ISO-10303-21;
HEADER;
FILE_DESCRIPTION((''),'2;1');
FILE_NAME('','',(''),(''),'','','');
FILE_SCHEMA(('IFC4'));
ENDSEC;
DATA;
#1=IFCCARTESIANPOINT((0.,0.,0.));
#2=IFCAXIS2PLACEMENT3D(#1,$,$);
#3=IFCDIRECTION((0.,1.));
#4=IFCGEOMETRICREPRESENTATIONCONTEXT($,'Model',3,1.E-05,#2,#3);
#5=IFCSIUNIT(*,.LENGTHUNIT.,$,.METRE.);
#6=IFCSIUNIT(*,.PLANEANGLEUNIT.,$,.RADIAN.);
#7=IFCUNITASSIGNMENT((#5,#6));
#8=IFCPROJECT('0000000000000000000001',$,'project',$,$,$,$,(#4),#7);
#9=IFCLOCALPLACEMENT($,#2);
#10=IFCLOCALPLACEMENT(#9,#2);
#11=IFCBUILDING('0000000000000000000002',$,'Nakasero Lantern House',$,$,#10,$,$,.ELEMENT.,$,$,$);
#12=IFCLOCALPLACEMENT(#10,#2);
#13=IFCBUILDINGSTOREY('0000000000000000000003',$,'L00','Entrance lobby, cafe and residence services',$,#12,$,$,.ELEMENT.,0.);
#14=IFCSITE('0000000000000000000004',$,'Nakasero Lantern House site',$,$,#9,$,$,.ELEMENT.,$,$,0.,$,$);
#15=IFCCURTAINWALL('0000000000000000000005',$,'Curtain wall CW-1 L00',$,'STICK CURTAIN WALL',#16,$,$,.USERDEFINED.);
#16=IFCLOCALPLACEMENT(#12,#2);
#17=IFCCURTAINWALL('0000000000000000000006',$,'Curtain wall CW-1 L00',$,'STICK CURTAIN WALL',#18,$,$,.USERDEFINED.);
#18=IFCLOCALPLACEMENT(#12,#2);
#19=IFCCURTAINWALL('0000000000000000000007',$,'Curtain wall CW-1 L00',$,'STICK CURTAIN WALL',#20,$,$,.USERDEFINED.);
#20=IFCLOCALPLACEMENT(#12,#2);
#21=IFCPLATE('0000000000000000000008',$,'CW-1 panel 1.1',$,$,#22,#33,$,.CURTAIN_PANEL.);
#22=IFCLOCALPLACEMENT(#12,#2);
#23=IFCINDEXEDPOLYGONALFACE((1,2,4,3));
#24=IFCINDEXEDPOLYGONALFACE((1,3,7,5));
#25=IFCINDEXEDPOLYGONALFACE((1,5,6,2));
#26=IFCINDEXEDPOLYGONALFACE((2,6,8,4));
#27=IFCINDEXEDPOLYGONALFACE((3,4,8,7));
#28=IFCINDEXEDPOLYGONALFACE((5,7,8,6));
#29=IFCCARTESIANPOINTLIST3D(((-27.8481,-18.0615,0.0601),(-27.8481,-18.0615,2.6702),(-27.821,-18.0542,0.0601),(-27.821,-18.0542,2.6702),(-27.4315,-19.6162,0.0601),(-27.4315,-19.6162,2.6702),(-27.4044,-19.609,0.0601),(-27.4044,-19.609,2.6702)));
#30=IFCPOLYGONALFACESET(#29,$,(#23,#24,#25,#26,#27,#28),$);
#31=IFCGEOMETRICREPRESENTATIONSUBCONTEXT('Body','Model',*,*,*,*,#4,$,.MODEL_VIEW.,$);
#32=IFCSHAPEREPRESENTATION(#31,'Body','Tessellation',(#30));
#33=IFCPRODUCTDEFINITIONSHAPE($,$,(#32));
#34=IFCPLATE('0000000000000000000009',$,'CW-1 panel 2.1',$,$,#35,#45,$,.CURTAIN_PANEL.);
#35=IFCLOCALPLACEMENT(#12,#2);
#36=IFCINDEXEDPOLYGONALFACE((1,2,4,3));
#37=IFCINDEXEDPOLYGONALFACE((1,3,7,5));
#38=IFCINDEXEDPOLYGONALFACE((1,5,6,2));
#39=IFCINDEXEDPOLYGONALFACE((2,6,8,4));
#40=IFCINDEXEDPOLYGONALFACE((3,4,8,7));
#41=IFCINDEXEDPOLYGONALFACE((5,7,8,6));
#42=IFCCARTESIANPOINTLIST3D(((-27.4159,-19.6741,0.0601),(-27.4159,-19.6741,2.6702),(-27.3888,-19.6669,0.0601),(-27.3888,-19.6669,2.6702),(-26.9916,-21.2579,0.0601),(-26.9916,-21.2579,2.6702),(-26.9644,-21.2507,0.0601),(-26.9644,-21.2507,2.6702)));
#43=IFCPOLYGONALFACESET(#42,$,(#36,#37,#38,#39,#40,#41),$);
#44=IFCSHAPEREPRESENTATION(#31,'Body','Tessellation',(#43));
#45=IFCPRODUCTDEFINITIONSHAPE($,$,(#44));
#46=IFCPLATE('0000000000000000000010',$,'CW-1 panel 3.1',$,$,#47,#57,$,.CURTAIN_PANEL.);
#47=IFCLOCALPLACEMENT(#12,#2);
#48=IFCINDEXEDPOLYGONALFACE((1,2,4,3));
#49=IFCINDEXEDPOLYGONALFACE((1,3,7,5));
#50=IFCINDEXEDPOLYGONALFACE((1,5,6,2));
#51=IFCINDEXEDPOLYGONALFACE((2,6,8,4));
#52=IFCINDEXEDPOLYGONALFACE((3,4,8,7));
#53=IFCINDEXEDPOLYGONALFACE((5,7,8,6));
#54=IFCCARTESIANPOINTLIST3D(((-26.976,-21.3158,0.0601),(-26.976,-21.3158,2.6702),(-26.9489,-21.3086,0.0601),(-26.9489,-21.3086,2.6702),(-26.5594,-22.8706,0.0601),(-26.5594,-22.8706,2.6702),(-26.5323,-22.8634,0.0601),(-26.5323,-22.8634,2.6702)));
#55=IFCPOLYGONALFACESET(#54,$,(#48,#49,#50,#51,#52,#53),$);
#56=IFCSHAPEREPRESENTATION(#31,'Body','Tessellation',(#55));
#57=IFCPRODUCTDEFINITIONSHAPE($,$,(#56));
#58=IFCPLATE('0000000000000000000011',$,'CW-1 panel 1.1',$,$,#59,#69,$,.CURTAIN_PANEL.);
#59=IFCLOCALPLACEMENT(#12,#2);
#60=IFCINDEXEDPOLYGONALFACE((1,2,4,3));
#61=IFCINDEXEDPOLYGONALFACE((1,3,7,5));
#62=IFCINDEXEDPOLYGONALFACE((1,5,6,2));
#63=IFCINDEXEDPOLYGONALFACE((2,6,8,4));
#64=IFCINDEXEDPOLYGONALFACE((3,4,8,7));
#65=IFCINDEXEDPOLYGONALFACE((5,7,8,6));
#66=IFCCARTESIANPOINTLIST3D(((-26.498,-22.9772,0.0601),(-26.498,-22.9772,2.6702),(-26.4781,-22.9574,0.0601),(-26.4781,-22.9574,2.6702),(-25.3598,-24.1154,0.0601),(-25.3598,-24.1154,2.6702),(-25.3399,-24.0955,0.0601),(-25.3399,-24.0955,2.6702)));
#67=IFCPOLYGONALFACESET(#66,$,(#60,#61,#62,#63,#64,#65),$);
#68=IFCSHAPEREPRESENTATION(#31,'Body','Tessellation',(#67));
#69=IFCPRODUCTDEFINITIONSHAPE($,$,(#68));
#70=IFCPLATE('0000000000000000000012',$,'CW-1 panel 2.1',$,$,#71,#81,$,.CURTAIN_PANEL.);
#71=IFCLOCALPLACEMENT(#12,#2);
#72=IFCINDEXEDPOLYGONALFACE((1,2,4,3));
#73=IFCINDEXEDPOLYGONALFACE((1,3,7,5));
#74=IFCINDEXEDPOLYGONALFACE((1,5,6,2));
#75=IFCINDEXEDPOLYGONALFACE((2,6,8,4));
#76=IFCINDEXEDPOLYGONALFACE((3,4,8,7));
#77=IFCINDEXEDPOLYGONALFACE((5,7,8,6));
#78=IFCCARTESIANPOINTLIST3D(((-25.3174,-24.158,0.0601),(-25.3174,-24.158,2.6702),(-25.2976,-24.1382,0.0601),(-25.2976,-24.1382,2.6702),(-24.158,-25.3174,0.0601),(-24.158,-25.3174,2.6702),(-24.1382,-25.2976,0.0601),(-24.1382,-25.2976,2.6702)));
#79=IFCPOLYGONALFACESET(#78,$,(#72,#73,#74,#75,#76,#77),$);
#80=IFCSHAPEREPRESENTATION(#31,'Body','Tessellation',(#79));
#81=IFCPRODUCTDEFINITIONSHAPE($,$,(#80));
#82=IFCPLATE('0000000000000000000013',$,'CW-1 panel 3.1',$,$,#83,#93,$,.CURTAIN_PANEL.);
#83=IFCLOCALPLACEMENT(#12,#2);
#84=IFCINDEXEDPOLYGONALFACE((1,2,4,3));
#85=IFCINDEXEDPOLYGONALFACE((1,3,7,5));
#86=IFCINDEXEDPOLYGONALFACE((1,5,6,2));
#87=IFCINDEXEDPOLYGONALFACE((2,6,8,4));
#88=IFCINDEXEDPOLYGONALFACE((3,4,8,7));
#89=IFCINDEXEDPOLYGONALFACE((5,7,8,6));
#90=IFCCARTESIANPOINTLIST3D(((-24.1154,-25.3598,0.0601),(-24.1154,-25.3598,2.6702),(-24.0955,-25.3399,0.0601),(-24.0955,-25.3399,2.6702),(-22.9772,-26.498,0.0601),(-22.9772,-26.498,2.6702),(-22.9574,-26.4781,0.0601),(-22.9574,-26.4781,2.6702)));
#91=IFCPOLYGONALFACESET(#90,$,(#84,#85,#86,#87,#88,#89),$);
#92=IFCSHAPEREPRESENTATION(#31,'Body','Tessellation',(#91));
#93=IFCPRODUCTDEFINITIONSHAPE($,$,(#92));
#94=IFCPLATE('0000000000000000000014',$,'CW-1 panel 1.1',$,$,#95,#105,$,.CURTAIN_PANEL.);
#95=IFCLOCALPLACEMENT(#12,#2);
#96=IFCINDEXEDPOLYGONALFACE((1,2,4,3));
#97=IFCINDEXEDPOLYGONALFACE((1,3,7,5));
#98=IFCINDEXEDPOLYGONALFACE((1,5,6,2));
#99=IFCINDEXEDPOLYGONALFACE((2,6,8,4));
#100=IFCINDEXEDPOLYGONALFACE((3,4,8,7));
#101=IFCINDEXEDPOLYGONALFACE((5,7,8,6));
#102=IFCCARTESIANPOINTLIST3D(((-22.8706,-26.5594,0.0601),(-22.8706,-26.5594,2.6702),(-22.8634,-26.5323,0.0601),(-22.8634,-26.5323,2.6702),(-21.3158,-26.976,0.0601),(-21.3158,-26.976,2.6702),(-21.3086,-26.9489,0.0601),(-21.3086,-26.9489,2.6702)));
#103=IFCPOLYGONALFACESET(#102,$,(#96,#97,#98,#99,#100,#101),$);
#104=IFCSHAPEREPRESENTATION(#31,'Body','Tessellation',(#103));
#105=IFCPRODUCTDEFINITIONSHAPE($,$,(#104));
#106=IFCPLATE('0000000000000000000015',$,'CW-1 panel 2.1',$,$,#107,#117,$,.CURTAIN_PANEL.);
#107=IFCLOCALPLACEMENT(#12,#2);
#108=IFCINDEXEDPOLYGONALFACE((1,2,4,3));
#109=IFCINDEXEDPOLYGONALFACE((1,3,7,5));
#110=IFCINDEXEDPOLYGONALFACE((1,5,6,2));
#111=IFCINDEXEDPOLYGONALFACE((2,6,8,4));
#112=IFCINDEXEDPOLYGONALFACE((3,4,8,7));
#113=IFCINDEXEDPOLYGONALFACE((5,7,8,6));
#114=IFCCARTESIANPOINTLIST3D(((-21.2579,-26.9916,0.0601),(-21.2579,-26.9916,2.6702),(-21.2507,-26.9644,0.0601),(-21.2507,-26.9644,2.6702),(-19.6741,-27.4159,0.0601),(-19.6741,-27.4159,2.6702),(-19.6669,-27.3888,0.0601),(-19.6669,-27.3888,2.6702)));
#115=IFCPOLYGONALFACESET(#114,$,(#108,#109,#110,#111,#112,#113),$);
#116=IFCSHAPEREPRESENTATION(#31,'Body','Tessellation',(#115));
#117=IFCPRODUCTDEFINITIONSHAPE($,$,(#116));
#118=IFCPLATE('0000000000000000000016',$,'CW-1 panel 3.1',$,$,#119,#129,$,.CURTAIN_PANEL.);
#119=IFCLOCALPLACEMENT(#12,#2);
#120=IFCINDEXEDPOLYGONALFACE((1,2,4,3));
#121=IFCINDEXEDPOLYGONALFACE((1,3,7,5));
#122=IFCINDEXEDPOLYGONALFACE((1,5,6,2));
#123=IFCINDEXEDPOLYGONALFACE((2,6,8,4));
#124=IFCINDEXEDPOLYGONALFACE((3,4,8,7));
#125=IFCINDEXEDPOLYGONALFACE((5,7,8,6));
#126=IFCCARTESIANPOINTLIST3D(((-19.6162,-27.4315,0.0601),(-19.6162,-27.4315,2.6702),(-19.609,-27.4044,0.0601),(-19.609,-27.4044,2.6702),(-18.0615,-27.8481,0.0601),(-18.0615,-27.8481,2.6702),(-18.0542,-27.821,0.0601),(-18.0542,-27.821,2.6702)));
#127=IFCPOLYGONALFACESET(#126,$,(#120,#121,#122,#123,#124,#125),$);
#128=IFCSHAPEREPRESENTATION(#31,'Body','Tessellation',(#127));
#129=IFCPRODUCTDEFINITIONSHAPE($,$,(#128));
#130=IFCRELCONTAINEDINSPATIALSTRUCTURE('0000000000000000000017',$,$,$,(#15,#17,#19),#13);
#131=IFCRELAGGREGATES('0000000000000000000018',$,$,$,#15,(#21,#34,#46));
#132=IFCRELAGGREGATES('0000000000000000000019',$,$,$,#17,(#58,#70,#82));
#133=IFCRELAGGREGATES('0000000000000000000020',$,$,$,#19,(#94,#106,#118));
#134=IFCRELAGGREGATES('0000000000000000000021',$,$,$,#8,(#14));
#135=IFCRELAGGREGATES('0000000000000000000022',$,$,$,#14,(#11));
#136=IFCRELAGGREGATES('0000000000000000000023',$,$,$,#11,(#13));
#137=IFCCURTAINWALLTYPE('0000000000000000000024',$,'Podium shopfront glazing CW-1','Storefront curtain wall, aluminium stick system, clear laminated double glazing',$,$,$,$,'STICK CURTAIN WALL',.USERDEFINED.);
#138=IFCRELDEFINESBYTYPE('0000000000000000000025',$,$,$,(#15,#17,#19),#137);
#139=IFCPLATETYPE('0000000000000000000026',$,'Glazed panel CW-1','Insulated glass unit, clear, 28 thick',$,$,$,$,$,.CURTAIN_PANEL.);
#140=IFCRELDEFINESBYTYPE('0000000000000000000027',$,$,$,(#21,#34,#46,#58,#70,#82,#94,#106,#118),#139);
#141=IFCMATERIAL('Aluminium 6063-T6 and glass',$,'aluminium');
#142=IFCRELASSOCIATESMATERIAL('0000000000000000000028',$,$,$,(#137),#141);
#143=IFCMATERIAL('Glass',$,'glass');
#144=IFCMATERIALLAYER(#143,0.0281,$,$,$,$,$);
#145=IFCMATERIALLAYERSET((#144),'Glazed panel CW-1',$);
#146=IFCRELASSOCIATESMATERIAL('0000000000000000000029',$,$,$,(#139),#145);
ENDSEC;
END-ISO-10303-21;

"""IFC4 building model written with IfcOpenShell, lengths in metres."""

from ifc_helpers import new_model, si_unit, direction, frame, origin, origin_2d, place, context, subcontext, project, spatial, rectangle, extrude, material, layer, layer_set, type_object, element, aggregate, save


model = new_model("IFC4")

# Units and contexts
model_context = context("Model", 3, precision=1e-05, world=origin(), true_north=direction((0.0, 1.0)))
body_context = subcontext(model_context, "Body", "Model", "MODEL_VIEW")
ifc_project = project(units=[si_unit("LENGTHUNIT", "METRE"), si_unit("PLANEANGLEUNIT", "RADIAN")], contexts=[model_context])

# Site, building, storey
site_placement = place(None, origin())
site = spatial("IfcSite", under=ifc_project, at=site_placement, Name="Nakasero Lantern House site", CompositionType="ELEMENT", RefElevation=0.0)
building_placement = place(site_placement, origin())
building = spatial("IfcBuilding", under=site, at=building_placement, Name="Nakasero Lantern House", CompositionType="ELEMENT")
storey_placement = place(building_placement, origin())
storey = spatial("IfcBuildingStorey", under=building, at=storey_placement, Name="L00", Description="Entrance lobby, cafe and residence services", CompositionType="ELEMENT", Elevation=0.0)

# Curtain walls
ifc_material_1 = material(Name="Aluminium 6063-T6 and glass", Category="aluminium")
curtain_wall_type = type_object("IfcCurtainWallType", Name="Podium shopfront glazing CW-1", Description="Storefront curtain wall, aluminium stick system, clear laminated double glazing", ElementType="STICK CURTAIN WALL", PredefinedType="USERDEFINED", material=ifc_material_1)
curtain_wall_1_placement = place(storey_placement, origin())
curtain_wall_1 = element("IfcCurtainWall", 1, at=curtain_wall_1_placement, inside=storey, type_object=curtain_wall_type, Name="Curtain wall CW-1 L00", ObjectType="STICK CURTAIN WALL", PredefinedType="USERDEFINED")
curtain_wall_2_placement = place(storey_placement, origin())
curtain_wall_2 = element("IfcCurtainWall", 2, at=curtain_wall_2_placement, inside=storey, type_object=curtain_wall_type, Name="Curtain wall CW-1 L00", ObjectType="STICK CURTAIN WALL", PredefinedType="USERDEFINED")
curtain_wall_3_placement = place(storey_placement, origin())
curtain_wall_3 = element("IfcCurtainWall", 3, at=curtain_wall_3_placement, inside=storey, type_object=curtain_wall_type, Name="Curtain wall CW-1 L00", ObjectType="STICK CURTAIN WALL", PredefinedType="USERDEFINED")

# Plates
ifc_material_2 = material(Name="Glass", Category="glass")
ifc_layer = layer(ifc_material_2, 0.0281)
ifc_layer_set = layer_set([ifc_layer], Name="Glazed panel CW-1")
plate_type = type_object("IfcPlateType", Name="Glazed panel CW-1", Description="Insulated glass unit, clear, 28 thick", PredefinedType="CURTAIN_PANEL", material=ifc_layer_set)
plate_1_placement = place(storey_placement, frame((-27.6262, -18.8352, 0.0601), z_axis=(0.0, 0.0, 1.0), x_axis=(0.258819, -0.965926, 0.0)))
plate_1 = element("IfcPlate", 4, at=plate_1_placement, type_object=plate_type, Name="CW-1 panel 1.1", PredefinedType="CURTAIN_PANEL", context=body_context, shape_type="SweptSolid", body=[
    extrude(rectangle(XDim=1.6096, YDim=0.0281, at=origin_2d()), origin(), (0.0, 0.0, 1.0), 2.6101),
])
plate_2_placement = place(storey_placement, frame((-27.1902, -20.4624, 0.0601), z_axis=(0.0, 0.0, 1.0), x_axis=(0.258819, -0.965926, 0.0)))
plate_2 = element("IfcPlate", 5, at=plate_2_placement, type_object=plate_type, Name="CW-1 panel 2.1", PredefinedType="CURTAIN_PANEL", context=body_context, shape_type="SweptSolid", body=[
    extrude(rectangle(XDim=1.6396, YDim=0.0281, at=origin_2d()), origin(), (0.0, 0.0, 1.0), 2.6101),
])
plate_3_placement = place(storey_placement, frame((-26.7542, -22.0896, 0.0601), z_axis=(0.0, 0.0, 1.0), x_axis=(0.258819, -0.965926, 0.0)))
plate_3 = element("IfcPlate", 6, at=plate_3_placement, type_object=plate_type, Name="CW-1 panel 3.1", PredefinedType="CURTAIN_PANEL", context=body_context, shape_type="SweptSolid", body=[
    extrude(rectangle(XDim=1.6096, YDim=0.0281, at=origin_2d()), origin(), (0.0, 0.0, 1.0), 2.6101),
])
aggregate(curtain_wall_1, [plate_1, plate_2, plate_3])
plate_4_placement = place(storey_placement, frame((-25.9189, -23.5364, 0.0601), z_axis=(0.0, 0.0, 1.0), x_axis=(0.707107, -0.707107, 0.0)))
plate_4 = element("IfcPlate", 7, at=plate_4_placement, type_object=plate_type, Name="CW-1 panel 1.1", PredefinedType="CURTAIN_PANEL", context=body_context, shape_type="SweptSolid", body=[
    extrude(rectangle(XDim=1.6096, YDim=0.0281, at=origin_2d()), origin(), (0.0, 0.0, 1.0), 2.6101),
])
plate_5_placement = place(storey_placement, frame((-24.7278, -24.7278, 0.0601), z_axis=(0.0, 0.0, 1.0), x_axis=(0.707107, -0.707107, 0.0)))
plate_5 = element("IfcPlate", 8, at=plate_5_placement, type_object=plate_type, Name="CW-1 panel 2.1", PredefinedType="CURTAIN_PANEL", context=body_context, shape_type="SweptSolid", body=[
    extrude(rectangle(XDim=1.6396, YDim=0.0281, at=origin_2d()), origin(), (0.0, 0.0, 1.0), 2.6101),
])
plate_6_placement = place(storey_placement, frame((-23.5364, -25.9189, 0.0601), z_axis=(0.0, 0.0, 1.0), x_axis=(0.707107, -0.707107, 0.0)))
plate_6 = element("IfcPlate", 9, at=plate_6_placement, type_object=plate_type, Name="CW-1 panel 3.1", PredefinedType="CURTAIN_PANEL", context=body_context, shape_type="SweptSolid", body=[
    extrude(rectangle(XDim=1.6096, YDim=0.0281, at=origin_2d()), origin(), (0.0, 0.0, 1.0), 2.6101),
])
aggregate(curtain_wall_2, [plate_4, plate_5, plate_6])
plate_7_placement = place(storey_placement, frame((-22.0896, -26.7542, 0.0601), z_axis=(0.0, 0.0, 1.0), x_axis=(0.965926, -0.258819, 0.0)))
plate_7 = element("IfcPlate", 10, at=plate_7_placement, type_object=plate_type, Name="CW-1 panel 1.1", PredefinedType="CURTAIN_PANEL", context=body_context, shape_type="SweptSolid", body=[
    extrude(rectangle(XDim=1.6096, YDim=0.0281, at=origin_2d()), origin(), (0.0, 0.0, 1.0), 2.6101),
])
plate_8_placement = place(storey_placement, frame((-20.4624, -27.1902, 0.0601), z_axis=(0.0, 0.0, 1.0), x_axis=(0.965926, -0.258819, 0.0)))
plate_8 = element("IfcPlate", 11, at=plate_8_placement, type_object=plate_type, Name="CW-1 panel 2.1", PredefinedType="CURTAIN_PANEL", context=body_context, shape_type="SweptSolid", body=[
    extrude(rectangle(XDim=1.6396, YDim=0.0281, at=origin_2d()), origin(), (0.0, 0.0, 1.0), 2.6101),
])
plate_9_placement = place(storey_placement, frame((-18.8352, -27.6262, 0.0601), z_axis=(0.0, 0.0, 1.0), x_axis=(0.965926, -0.258819, 0.0)))
plate_9 = element("IfcPlate", 12, at=plate_9_placement, type_object=plate_type, Name="CW-1 panel 3.1", PredefinedType="CURTAIN_PANEL", context=body_context, shape_type="SweptSolid", body=[
    extrude(rectangle(XDim=1.6096, YDim=0.0281, at=origin_2d()), origin(), (0.0, 0.0, 1.0), 2.6101),
])
aggregate(curtain_wall_3, [plate_7, plate_8, plate_9])

save(model, "model.ifc")
